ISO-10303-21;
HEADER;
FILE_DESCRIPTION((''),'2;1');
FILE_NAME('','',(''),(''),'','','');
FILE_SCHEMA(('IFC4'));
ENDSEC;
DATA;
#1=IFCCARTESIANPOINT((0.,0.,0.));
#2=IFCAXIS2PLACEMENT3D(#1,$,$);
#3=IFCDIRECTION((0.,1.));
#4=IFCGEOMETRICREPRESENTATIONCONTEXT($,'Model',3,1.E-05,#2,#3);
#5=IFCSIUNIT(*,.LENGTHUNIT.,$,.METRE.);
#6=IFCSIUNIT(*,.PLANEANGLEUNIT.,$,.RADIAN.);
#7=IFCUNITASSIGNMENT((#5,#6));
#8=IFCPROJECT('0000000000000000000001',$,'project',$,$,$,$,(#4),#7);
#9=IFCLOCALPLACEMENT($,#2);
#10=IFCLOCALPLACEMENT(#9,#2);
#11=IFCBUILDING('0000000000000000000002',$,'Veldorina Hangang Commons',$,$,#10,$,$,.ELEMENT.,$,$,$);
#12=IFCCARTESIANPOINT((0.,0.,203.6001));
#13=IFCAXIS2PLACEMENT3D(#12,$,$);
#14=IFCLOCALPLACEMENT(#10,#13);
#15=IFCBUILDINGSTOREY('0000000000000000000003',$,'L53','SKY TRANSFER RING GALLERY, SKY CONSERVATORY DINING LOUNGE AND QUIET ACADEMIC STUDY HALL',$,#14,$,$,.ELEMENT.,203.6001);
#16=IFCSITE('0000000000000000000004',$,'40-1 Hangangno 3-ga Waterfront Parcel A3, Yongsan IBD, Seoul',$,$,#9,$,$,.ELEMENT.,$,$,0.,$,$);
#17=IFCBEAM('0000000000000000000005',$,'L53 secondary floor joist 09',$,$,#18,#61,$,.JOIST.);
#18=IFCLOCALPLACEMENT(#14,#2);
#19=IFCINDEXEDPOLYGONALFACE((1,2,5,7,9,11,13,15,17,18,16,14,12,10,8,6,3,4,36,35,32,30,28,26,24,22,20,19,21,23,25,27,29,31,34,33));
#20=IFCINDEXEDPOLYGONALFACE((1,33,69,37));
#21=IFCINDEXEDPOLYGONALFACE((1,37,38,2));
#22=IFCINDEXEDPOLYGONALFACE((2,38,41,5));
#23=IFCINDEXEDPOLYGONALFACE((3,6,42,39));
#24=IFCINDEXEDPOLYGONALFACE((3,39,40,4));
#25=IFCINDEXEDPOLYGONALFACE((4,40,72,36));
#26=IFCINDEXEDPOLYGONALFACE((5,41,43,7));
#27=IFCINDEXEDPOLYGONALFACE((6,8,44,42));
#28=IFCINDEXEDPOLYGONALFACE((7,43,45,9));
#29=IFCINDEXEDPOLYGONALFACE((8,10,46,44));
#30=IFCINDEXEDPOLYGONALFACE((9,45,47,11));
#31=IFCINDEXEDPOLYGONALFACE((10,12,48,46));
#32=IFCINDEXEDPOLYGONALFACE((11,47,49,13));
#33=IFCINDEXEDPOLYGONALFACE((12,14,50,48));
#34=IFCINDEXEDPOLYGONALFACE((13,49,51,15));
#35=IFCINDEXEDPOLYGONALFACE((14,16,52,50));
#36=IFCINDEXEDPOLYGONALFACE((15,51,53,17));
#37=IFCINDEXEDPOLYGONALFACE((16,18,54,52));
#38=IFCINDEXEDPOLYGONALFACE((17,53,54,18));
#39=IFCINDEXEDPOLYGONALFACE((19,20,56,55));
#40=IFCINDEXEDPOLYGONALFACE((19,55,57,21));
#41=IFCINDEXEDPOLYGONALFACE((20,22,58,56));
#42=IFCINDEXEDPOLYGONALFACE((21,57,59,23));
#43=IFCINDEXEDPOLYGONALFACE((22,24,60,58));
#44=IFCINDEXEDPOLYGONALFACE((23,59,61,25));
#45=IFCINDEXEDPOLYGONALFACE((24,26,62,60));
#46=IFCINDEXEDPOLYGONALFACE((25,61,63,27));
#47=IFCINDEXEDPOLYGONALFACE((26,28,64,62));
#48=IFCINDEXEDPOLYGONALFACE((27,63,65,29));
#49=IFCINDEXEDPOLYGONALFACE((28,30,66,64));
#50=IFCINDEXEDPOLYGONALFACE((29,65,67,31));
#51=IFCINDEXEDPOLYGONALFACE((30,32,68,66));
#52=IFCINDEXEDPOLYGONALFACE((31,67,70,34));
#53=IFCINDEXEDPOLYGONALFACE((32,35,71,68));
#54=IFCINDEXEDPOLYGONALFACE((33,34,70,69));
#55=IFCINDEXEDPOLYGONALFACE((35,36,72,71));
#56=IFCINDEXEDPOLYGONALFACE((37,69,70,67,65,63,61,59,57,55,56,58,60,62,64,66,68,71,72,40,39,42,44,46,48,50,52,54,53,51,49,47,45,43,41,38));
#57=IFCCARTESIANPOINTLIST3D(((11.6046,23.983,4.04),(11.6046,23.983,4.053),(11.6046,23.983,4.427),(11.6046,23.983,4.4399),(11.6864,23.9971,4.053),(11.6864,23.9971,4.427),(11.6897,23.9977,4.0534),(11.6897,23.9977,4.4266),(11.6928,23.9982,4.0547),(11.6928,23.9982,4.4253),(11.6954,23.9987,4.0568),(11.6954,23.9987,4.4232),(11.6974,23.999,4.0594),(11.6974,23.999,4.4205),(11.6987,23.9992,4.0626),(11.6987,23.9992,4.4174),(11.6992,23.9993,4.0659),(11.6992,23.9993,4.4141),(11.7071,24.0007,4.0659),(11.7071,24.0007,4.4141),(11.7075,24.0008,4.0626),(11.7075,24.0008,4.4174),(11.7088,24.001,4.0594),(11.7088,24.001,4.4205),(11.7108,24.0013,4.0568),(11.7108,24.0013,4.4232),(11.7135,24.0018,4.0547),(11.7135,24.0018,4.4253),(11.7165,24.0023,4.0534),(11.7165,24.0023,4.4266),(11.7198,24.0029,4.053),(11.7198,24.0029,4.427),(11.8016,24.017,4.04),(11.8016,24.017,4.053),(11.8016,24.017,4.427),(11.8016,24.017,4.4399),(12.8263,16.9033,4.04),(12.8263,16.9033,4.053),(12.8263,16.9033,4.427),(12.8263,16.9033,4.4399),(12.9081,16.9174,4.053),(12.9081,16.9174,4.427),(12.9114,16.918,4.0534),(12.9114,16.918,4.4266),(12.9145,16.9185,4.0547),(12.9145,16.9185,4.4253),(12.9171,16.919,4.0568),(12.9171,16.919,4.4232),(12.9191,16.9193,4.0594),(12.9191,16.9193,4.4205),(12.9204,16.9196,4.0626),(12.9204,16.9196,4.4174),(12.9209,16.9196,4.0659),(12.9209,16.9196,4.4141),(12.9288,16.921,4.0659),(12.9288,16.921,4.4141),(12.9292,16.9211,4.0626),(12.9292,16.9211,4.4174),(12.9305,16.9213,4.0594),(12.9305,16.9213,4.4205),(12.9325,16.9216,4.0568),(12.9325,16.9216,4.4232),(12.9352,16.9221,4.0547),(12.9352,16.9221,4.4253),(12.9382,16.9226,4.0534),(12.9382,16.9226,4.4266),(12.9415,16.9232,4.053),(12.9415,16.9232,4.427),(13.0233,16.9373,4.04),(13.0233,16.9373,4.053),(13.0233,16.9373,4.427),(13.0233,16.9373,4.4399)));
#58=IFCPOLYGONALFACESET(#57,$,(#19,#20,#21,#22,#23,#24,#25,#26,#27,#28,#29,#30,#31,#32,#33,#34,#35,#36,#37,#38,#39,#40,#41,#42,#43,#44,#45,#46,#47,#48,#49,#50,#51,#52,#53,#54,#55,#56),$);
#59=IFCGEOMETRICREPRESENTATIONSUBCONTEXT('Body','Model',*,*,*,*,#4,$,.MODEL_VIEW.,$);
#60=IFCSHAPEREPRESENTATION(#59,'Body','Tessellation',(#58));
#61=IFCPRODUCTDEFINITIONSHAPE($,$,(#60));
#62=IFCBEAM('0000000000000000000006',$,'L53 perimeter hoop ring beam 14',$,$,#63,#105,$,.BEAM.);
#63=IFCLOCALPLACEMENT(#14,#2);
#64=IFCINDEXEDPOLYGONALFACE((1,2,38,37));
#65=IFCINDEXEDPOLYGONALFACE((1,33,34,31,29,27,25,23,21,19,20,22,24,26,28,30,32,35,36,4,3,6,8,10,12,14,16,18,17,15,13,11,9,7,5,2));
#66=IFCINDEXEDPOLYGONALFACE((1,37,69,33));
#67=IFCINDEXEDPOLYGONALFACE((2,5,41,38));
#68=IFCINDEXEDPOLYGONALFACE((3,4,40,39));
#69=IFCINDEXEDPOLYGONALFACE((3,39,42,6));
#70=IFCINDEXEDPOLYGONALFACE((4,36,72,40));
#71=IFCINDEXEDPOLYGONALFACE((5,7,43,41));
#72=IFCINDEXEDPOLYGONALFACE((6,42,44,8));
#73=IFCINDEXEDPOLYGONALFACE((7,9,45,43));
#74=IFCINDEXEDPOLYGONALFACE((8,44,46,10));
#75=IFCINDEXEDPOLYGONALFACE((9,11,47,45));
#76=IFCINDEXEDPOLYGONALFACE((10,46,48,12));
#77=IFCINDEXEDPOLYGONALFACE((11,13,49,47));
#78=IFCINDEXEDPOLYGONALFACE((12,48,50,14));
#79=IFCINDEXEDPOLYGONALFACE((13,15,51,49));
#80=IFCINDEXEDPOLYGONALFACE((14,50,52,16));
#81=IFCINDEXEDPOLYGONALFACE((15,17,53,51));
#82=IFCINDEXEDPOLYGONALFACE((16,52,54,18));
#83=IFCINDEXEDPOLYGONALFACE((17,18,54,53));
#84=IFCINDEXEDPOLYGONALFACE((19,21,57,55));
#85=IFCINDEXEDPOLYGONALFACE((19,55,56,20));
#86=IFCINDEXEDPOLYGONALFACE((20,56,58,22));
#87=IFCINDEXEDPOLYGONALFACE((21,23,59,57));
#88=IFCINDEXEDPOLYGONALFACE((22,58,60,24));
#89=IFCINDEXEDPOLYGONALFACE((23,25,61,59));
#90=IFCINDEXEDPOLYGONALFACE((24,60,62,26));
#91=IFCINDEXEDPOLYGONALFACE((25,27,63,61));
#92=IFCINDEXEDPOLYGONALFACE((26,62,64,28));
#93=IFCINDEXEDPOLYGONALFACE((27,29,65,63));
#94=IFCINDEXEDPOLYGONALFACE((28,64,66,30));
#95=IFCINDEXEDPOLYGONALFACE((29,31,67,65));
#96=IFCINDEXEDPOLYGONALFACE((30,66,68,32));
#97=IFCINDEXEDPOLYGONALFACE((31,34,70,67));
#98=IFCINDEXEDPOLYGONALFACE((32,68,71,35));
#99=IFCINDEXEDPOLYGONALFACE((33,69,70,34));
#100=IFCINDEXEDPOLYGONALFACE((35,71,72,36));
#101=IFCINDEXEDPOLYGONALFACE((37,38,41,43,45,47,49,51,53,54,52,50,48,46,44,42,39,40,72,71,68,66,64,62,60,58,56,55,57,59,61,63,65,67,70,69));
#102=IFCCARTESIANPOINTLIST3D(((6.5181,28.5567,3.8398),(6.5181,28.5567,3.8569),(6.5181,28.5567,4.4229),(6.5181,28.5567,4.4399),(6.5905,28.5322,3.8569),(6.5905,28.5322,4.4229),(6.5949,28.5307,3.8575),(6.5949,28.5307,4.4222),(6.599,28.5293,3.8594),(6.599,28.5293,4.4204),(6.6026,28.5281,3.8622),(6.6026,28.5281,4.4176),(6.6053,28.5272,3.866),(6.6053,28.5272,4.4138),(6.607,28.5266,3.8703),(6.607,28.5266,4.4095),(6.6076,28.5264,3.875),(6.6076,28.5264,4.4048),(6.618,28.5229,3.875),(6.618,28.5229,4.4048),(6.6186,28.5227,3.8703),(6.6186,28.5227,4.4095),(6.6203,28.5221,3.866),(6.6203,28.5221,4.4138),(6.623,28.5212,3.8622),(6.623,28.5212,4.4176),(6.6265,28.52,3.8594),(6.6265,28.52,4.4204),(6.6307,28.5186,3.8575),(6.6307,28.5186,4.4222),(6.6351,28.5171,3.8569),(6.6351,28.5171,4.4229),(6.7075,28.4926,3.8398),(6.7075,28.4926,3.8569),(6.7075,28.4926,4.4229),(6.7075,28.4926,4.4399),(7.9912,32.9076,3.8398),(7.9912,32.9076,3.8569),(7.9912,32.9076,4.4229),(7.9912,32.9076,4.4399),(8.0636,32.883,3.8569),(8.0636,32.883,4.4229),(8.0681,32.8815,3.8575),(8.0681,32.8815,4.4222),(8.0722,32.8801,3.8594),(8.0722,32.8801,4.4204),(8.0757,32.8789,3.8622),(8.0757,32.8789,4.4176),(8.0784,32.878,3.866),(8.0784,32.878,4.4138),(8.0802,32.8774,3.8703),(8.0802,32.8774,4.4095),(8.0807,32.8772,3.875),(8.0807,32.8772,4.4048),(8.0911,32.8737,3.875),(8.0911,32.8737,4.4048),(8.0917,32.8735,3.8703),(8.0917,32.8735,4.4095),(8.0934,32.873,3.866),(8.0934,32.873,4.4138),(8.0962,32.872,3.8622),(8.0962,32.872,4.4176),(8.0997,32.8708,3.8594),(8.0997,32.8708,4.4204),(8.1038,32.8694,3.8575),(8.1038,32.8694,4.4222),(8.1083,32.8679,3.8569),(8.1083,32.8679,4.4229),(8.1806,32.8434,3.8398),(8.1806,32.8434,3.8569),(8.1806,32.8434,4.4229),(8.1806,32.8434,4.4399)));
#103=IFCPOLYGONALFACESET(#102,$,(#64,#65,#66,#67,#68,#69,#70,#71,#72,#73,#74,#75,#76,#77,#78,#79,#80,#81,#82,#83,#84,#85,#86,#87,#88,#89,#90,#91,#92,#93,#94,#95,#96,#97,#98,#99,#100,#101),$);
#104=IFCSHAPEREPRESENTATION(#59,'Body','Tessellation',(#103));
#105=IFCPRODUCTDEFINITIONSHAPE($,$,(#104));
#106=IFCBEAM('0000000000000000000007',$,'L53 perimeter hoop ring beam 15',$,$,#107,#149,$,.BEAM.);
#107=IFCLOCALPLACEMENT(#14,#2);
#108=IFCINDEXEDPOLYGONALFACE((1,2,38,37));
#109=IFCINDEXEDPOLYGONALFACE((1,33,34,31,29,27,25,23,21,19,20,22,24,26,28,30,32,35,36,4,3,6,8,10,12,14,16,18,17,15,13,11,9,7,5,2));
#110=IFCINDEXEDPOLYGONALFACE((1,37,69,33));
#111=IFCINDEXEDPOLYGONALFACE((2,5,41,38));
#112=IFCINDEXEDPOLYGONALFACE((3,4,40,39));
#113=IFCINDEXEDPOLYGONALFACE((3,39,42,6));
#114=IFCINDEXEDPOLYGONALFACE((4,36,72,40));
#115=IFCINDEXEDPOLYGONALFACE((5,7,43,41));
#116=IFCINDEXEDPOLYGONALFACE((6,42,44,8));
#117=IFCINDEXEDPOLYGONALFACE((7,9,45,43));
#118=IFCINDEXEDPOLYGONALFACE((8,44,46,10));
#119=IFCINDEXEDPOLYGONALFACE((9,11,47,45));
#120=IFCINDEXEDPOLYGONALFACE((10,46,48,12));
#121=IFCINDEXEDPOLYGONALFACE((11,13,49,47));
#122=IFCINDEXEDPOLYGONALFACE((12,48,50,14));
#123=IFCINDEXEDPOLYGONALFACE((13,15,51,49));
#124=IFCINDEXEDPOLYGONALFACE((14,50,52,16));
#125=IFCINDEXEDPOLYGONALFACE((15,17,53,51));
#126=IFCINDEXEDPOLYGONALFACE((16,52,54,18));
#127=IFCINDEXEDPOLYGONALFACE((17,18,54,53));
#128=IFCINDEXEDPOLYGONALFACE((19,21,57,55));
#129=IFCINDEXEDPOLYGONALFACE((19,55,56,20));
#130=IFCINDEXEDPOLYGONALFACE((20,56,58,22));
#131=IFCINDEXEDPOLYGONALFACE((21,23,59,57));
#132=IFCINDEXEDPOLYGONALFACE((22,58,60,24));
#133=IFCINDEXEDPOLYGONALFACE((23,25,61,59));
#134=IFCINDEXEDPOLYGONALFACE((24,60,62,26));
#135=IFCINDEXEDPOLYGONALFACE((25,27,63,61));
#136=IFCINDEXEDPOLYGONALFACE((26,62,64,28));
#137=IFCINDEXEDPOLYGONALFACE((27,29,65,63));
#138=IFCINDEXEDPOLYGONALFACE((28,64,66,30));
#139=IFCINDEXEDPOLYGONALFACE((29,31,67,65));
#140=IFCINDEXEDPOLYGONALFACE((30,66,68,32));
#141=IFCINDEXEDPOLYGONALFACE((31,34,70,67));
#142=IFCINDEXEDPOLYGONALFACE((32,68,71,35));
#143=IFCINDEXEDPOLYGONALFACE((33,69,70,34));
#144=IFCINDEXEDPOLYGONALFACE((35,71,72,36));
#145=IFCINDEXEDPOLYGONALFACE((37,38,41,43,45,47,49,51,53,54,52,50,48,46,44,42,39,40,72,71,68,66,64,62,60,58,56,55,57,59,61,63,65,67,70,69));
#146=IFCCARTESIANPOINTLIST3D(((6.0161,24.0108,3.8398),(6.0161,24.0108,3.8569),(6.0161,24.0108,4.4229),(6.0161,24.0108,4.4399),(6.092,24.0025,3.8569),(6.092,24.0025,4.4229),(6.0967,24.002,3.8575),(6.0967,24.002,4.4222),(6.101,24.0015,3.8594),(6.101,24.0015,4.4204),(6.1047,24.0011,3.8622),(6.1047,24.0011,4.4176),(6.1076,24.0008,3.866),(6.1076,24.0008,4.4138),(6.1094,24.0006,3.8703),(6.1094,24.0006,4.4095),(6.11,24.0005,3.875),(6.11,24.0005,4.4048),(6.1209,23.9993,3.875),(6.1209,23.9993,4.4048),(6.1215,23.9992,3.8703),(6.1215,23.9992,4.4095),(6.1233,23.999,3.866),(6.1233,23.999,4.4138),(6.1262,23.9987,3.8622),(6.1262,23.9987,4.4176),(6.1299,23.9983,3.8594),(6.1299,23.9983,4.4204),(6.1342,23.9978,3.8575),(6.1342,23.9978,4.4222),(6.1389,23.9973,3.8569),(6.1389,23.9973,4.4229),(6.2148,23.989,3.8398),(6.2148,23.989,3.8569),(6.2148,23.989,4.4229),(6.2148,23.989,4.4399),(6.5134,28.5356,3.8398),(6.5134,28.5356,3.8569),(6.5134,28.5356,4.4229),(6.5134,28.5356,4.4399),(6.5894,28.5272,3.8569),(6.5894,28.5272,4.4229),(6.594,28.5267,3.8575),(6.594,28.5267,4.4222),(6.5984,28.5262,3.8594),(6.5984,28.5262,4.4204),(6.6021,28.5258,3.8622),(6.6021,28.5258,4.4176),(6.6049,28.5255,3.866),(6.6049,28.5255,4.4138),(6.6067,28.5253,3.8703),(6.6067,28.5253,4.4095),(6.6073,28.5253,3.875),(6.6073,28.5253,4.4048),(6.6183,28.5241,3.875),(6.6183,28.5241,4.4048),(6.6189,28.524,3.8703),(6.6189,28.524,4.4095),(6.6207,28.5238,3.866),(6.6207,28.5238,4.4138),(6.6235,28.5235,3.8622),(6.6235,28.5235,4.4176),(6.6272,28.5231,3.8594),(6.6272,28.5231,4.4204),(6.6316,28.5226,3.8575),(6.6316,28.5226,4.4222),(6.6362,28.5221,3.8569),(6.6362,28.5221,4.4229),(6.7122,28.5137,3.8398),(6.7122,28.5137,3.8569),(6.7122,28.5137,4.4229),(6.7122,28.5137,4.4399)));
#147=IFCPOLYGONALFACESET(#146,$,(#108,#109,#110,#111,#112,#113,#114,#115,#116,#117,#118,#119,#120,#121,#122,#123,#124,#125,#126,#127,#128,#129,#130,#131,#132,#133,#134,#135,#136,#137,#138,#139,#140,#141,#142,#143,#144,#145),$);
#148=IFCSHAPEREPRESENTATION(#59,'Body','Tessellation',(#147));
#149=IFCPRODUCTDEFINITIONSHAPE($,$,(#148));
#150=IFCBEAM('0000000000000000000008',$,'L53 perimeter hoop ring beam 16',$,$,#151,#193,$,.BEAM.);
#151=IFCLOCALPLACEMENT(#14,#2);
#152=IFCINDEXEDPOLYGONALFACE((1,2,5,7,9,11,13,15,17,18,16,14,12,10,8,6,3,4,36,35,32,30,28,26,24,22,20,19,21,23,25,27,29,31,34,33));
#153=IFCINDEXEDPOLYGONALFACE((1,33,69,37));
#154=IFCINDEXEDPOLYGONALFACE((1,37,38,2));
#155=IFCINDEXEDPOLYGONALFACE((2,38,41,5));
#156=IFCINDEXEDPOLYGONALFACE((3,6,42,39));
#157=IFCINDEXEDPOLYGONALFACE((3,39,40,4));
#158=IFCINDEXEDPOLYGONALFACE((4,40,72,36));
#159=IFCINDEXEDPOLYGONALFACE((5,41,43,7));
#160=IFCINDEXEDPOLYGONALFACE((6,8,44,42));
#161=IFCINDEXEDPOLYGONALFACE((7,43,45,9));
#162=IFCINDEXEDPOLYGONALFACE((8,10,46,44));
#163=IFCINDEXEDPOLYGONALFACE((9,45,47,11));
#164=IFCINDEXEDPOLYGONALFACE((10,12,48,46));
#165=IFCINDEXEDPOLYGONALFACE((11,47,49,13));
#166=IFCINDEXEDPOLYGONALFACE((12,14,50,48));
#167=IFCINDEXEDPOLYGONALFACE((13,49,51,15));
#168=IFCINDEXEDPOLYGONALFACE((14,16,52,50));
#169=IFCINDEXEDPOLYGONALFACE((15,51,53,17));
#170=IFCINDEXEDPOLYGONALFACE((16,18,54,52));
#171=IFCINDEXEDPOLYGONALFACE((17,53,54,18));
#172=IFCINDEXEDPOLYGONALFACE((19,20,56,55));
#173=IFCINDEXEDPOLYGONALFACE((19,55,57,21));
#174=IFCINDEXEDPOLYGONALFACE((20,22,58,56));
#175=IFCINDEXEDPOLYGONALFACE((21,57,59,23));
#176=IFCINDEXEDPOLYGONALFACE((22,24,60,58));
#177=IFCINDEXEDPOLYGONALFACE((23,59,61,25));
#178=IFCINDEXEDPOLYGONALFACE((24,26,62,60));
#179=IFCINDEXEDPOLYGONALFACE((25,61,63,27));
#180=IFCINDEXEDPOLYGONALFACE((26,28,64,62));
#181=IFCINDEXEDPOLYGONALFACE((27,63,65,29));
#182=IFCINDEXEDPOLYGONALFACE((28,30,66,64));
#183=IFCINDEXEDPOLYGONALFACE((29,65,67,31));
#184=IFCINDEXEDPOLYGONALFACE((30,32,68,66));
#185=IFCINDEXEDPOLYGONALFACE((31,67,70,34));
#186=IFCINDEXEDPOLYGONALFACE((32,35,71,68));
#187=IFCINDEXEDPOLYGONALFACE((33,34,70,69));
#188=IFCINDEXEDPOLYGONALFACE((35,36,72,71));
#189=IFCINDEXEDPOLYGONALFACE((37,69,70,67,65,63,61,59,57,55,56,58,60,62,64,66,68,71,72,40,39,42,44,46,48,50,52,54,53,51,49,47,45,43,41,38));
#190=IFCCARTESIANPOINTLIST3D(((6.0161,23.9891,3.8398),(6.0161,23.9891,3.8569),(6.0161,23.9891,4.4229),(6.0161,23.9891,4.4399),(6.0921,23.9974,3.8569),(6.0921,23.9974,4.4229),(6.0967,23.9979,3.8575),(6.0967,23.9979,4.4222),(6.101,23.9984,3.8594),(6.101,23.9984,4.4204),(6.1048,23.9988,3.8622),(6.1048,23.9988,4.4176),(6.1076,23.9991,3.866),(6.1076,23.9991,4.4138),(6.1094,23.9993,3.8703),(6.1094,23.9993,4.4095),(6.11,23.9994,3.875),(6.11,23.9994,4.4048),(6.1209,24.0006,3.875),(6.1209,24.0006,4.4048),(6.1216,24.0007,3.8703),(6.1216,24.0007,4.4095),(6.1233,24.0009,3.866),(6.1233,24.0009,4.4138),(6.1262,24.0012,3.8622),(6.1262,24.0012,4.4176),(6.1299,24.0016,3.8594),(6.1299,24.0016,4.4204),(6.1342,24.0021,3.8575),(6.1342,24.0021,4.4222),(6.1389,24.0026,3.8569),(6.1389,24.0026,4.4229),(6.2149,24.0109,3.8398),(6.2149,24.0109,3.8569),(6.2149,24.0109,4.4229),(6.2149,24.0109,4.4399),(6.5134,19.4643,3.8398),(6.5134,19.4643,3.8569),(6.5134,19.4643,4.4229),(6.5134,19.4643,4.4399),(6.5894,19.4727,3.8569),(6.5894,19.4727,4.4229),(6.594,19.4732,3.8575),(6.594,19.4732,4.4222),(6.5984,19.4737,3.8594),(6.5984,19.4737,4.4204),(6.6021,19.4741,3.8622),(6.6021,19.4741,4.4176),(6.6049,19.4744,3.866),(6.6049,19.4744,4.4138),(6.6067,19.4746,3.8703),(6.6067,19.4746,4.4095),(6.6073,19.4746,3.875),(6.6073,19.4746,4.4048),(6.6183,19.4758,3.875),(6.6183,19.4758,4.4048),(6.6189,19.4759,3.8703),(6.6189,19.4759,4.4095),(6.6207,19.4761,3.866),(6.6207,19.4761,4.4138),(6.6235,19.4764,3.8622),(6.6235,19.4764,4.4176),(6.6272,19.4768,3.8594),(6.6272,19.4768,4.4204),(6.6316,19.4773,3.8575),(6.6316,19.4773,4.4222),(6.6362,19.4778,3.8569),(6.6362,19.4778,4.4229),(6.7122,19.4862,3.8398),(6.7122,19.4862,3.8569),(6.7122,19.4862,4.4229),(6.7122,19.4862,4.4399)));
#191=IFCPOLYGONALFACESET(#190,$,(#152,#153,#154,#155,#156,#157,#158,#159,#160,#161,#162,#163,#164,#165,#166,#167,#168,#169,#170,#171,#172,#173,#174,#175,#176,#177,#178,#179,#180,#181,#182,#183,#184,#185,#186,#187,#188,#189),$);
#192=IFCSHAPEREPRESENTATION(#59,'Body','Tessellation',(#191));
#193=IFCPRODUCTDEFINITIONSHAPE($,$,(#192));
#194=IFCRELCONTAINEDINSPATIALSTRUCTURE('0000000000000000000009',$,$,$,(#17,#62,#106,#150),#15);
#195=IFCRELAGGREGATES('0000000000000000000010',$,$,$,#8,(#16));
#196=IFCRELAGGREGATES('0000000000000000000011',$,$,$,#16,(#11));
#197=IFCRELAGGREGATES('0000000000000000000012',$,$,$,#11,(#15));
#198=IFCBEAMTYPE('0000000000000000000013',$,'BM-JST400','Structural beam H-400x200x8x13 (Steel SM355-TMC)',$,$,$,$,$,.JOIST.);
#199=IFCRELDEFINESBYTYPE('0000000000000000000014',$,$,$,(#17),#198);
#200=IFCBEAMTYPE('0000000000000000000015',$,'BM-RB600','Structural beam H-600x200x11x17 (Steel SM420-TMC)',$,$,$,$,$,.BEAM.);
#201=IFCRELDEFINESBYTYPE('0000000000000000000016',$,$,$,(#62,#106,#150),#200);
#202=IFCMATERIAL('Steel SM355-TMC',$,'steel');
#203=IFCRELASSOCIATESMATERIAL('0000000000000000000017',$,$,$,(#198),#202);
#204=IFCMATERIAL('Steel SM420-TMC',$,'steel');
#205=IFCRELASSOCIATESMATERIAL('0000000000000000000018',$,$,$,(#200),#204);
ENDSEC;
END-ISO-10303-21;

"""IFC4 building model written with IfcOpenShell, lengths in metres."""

from ifc_helpers import new_model, si_unit, direction, frame, origin, origin_2d, place, context, subcontext, project, spatial, i_section, extrude, material, material_profile, profile_set, type_object, element, save


model = new_model("IFC4")

# Units and contexts
model_context = context("Model", 3, precision=1e-05, world=origin(), true_north=direction((0.0, 1.0)))
body_context = subcontext(model_context, "Body", "Model", "MODEL_VIEW")
ifc_project = project(units=[si_unit("LENGTHUNIT", "METRE"), si_unit("PLANEANGLEUNIT", "RADIAN")], contexts=[model_context])

# Site, building, storey
site_placement = place(None, origin())
site = spatial("IfcSite", under=ifc_project, at=site_placement, Name="40-1 Hangangno 3-ga Waterfront Parcel A3, Yongsan IBD, Seoul", CompositionType="ELEMENT", RefElevation=0.0)
building_placement = place(site_placement, origin())
building = spatial("IfcBuilding", under=site, at=building_placement, Name="Veldorina Hangang Commons", CompositionType="ELEMENT")
storey_placement = place(building_placement, frame((0.0, 0.0, 203.6001)))
storey = spatial("IfcBuildingStorey", under=building, at=storey_placement, Name="L53", Description="SKY TRANSFER RING GALLERY, SKY CONSERVATORY DINING LOUNGE AND QUIET ACADEMIC STUDY HALL", CompositionType="ELEMENT", Elevation=203.6001)

# Beams
ifc_material_1 = material(Name="Steel SM355-TMC", Category="steel")
ifc_material_profile_1 = material_profile(ifc_material_1, i_section(OverallWidth=0.2, OverallDepth=0.3999, WebThickness=0.0081, FlangeThickness=0.0129, FilletRadius=0.0129, at=origin_2d()), Name="H-400x200x8x13")
ifc_profile_set_1 = profile_set([ifc_material_profile_1], Name="Steel SM355-TMC")
beam_type_1 = type_object("IfcBeamType", Name="BM-JST400", Description="Structural beam H-400x200x8x13 (Steel SM355-TMC)", PredefinedType="JOIST", material=ifc_profile_set_1)
beam_1_placement = place(storey_placement, frame((11.7031, 24.0, 4.24), z_axis=(0.17005, -0.985435, 0.0), x_axis=(0.985435, 0.17005, 0.0)))
element("IfcBeam", 1, at=beam_1_placement, inside=storey, type_object=beam_type_1, Name="L53 secondary floor joist 09", PredefinedType="JOIST", context=body_context, shape_type="SweptSolid", body=[
    extrude(i_section(OverallWidth=0.2, OverallDepth=0.3999, WebThickness=0.0081, FlangeThickness=0.0129, FilletRadius=0.0129, at=origin_2d()), origin(), (0.0, 0.0, 1.0), 7.1843),
])
ifc_material_2 = material(Name="Steel SM420-TMC", Category="steel")
ifc_material_profile_2 = material_profile(ifc_material_2, i_section(OverallWidth=0.2, OverallDepth=0.6001, WebThickness=0.011, FlangeThickness=0.0171, FilletRadius=0.0181, at=origin_2d()), Name="H-600x200x11x17")
ifc_profile_set_2 = profile_set([ifc_material_profile_2], Name="Steel SM420-TMC")
beam_type_2 = type_object("IfcBeamType", Name="BM-RB600", Description="Structural beam H-600x200x11x17 (Steel SM420-TMC)", PredefinedType="BEAM", material=ifc_profile_set_2)
beam_2_placement = place(storey_placement, frame((8.0859, 32.8755, 4.1399), z_axis=(-0.320705, -0.947179, 0.0), x_axis=(0.947179, -0.320705, 0.0)))
element("IfcBeam", 2, at=beam_2_placement, inside=storey, type_object=beam_type_2, Name="L53 perimeter hoop ring beam 14", PredefinedType="BEAM", context=body_context, shape_type="SweptSolid", body=[
    extrude(i_section(OverallWidth=0.2, OverallDepth=0.6001, WebThickness=0.011, FlangeThickness=0.0171, FilletRadius=0.0181, at=origin_2d()), origin(), (0.0, 0.0, 1.0), 4.5935),
])
for number, where, z_axis, x_axis, name in (
    (3, (6.6128, 28.5247, 4.1399), (-0.109254, -0.994014, 0.0), (0.994014, -0.109254, 0.0), "L53 perimeter hoop ring beam 15"),
    (4, (6.1155, 24.0, 4.1399), (0.109254, -0.994014, 0.0), (0.994014, 0.109254, 0.0), "L53 perimeter hoop ring beam 16"),
):
    element("IfcBeam", number, at=place(storey_placement, frame(where, z_axis=z_axis, x_axis=x_axis)), inside=storey, type_object=beam_type_2, Name=name, PredefinedType="BEAM", context=body_context, shape_type="SweptSolid", body=[
        extrude(i_section(OverallWidth=0.2, OverallDepth=0.6001, WebThickness=0.011, FlangeThickness=0.0171, FilletRadius=0.0181, at=origin_2d()), origin(), (0.0, 0.0, 1.0), 4.552),
    ])

save(model, "model.ifc")
